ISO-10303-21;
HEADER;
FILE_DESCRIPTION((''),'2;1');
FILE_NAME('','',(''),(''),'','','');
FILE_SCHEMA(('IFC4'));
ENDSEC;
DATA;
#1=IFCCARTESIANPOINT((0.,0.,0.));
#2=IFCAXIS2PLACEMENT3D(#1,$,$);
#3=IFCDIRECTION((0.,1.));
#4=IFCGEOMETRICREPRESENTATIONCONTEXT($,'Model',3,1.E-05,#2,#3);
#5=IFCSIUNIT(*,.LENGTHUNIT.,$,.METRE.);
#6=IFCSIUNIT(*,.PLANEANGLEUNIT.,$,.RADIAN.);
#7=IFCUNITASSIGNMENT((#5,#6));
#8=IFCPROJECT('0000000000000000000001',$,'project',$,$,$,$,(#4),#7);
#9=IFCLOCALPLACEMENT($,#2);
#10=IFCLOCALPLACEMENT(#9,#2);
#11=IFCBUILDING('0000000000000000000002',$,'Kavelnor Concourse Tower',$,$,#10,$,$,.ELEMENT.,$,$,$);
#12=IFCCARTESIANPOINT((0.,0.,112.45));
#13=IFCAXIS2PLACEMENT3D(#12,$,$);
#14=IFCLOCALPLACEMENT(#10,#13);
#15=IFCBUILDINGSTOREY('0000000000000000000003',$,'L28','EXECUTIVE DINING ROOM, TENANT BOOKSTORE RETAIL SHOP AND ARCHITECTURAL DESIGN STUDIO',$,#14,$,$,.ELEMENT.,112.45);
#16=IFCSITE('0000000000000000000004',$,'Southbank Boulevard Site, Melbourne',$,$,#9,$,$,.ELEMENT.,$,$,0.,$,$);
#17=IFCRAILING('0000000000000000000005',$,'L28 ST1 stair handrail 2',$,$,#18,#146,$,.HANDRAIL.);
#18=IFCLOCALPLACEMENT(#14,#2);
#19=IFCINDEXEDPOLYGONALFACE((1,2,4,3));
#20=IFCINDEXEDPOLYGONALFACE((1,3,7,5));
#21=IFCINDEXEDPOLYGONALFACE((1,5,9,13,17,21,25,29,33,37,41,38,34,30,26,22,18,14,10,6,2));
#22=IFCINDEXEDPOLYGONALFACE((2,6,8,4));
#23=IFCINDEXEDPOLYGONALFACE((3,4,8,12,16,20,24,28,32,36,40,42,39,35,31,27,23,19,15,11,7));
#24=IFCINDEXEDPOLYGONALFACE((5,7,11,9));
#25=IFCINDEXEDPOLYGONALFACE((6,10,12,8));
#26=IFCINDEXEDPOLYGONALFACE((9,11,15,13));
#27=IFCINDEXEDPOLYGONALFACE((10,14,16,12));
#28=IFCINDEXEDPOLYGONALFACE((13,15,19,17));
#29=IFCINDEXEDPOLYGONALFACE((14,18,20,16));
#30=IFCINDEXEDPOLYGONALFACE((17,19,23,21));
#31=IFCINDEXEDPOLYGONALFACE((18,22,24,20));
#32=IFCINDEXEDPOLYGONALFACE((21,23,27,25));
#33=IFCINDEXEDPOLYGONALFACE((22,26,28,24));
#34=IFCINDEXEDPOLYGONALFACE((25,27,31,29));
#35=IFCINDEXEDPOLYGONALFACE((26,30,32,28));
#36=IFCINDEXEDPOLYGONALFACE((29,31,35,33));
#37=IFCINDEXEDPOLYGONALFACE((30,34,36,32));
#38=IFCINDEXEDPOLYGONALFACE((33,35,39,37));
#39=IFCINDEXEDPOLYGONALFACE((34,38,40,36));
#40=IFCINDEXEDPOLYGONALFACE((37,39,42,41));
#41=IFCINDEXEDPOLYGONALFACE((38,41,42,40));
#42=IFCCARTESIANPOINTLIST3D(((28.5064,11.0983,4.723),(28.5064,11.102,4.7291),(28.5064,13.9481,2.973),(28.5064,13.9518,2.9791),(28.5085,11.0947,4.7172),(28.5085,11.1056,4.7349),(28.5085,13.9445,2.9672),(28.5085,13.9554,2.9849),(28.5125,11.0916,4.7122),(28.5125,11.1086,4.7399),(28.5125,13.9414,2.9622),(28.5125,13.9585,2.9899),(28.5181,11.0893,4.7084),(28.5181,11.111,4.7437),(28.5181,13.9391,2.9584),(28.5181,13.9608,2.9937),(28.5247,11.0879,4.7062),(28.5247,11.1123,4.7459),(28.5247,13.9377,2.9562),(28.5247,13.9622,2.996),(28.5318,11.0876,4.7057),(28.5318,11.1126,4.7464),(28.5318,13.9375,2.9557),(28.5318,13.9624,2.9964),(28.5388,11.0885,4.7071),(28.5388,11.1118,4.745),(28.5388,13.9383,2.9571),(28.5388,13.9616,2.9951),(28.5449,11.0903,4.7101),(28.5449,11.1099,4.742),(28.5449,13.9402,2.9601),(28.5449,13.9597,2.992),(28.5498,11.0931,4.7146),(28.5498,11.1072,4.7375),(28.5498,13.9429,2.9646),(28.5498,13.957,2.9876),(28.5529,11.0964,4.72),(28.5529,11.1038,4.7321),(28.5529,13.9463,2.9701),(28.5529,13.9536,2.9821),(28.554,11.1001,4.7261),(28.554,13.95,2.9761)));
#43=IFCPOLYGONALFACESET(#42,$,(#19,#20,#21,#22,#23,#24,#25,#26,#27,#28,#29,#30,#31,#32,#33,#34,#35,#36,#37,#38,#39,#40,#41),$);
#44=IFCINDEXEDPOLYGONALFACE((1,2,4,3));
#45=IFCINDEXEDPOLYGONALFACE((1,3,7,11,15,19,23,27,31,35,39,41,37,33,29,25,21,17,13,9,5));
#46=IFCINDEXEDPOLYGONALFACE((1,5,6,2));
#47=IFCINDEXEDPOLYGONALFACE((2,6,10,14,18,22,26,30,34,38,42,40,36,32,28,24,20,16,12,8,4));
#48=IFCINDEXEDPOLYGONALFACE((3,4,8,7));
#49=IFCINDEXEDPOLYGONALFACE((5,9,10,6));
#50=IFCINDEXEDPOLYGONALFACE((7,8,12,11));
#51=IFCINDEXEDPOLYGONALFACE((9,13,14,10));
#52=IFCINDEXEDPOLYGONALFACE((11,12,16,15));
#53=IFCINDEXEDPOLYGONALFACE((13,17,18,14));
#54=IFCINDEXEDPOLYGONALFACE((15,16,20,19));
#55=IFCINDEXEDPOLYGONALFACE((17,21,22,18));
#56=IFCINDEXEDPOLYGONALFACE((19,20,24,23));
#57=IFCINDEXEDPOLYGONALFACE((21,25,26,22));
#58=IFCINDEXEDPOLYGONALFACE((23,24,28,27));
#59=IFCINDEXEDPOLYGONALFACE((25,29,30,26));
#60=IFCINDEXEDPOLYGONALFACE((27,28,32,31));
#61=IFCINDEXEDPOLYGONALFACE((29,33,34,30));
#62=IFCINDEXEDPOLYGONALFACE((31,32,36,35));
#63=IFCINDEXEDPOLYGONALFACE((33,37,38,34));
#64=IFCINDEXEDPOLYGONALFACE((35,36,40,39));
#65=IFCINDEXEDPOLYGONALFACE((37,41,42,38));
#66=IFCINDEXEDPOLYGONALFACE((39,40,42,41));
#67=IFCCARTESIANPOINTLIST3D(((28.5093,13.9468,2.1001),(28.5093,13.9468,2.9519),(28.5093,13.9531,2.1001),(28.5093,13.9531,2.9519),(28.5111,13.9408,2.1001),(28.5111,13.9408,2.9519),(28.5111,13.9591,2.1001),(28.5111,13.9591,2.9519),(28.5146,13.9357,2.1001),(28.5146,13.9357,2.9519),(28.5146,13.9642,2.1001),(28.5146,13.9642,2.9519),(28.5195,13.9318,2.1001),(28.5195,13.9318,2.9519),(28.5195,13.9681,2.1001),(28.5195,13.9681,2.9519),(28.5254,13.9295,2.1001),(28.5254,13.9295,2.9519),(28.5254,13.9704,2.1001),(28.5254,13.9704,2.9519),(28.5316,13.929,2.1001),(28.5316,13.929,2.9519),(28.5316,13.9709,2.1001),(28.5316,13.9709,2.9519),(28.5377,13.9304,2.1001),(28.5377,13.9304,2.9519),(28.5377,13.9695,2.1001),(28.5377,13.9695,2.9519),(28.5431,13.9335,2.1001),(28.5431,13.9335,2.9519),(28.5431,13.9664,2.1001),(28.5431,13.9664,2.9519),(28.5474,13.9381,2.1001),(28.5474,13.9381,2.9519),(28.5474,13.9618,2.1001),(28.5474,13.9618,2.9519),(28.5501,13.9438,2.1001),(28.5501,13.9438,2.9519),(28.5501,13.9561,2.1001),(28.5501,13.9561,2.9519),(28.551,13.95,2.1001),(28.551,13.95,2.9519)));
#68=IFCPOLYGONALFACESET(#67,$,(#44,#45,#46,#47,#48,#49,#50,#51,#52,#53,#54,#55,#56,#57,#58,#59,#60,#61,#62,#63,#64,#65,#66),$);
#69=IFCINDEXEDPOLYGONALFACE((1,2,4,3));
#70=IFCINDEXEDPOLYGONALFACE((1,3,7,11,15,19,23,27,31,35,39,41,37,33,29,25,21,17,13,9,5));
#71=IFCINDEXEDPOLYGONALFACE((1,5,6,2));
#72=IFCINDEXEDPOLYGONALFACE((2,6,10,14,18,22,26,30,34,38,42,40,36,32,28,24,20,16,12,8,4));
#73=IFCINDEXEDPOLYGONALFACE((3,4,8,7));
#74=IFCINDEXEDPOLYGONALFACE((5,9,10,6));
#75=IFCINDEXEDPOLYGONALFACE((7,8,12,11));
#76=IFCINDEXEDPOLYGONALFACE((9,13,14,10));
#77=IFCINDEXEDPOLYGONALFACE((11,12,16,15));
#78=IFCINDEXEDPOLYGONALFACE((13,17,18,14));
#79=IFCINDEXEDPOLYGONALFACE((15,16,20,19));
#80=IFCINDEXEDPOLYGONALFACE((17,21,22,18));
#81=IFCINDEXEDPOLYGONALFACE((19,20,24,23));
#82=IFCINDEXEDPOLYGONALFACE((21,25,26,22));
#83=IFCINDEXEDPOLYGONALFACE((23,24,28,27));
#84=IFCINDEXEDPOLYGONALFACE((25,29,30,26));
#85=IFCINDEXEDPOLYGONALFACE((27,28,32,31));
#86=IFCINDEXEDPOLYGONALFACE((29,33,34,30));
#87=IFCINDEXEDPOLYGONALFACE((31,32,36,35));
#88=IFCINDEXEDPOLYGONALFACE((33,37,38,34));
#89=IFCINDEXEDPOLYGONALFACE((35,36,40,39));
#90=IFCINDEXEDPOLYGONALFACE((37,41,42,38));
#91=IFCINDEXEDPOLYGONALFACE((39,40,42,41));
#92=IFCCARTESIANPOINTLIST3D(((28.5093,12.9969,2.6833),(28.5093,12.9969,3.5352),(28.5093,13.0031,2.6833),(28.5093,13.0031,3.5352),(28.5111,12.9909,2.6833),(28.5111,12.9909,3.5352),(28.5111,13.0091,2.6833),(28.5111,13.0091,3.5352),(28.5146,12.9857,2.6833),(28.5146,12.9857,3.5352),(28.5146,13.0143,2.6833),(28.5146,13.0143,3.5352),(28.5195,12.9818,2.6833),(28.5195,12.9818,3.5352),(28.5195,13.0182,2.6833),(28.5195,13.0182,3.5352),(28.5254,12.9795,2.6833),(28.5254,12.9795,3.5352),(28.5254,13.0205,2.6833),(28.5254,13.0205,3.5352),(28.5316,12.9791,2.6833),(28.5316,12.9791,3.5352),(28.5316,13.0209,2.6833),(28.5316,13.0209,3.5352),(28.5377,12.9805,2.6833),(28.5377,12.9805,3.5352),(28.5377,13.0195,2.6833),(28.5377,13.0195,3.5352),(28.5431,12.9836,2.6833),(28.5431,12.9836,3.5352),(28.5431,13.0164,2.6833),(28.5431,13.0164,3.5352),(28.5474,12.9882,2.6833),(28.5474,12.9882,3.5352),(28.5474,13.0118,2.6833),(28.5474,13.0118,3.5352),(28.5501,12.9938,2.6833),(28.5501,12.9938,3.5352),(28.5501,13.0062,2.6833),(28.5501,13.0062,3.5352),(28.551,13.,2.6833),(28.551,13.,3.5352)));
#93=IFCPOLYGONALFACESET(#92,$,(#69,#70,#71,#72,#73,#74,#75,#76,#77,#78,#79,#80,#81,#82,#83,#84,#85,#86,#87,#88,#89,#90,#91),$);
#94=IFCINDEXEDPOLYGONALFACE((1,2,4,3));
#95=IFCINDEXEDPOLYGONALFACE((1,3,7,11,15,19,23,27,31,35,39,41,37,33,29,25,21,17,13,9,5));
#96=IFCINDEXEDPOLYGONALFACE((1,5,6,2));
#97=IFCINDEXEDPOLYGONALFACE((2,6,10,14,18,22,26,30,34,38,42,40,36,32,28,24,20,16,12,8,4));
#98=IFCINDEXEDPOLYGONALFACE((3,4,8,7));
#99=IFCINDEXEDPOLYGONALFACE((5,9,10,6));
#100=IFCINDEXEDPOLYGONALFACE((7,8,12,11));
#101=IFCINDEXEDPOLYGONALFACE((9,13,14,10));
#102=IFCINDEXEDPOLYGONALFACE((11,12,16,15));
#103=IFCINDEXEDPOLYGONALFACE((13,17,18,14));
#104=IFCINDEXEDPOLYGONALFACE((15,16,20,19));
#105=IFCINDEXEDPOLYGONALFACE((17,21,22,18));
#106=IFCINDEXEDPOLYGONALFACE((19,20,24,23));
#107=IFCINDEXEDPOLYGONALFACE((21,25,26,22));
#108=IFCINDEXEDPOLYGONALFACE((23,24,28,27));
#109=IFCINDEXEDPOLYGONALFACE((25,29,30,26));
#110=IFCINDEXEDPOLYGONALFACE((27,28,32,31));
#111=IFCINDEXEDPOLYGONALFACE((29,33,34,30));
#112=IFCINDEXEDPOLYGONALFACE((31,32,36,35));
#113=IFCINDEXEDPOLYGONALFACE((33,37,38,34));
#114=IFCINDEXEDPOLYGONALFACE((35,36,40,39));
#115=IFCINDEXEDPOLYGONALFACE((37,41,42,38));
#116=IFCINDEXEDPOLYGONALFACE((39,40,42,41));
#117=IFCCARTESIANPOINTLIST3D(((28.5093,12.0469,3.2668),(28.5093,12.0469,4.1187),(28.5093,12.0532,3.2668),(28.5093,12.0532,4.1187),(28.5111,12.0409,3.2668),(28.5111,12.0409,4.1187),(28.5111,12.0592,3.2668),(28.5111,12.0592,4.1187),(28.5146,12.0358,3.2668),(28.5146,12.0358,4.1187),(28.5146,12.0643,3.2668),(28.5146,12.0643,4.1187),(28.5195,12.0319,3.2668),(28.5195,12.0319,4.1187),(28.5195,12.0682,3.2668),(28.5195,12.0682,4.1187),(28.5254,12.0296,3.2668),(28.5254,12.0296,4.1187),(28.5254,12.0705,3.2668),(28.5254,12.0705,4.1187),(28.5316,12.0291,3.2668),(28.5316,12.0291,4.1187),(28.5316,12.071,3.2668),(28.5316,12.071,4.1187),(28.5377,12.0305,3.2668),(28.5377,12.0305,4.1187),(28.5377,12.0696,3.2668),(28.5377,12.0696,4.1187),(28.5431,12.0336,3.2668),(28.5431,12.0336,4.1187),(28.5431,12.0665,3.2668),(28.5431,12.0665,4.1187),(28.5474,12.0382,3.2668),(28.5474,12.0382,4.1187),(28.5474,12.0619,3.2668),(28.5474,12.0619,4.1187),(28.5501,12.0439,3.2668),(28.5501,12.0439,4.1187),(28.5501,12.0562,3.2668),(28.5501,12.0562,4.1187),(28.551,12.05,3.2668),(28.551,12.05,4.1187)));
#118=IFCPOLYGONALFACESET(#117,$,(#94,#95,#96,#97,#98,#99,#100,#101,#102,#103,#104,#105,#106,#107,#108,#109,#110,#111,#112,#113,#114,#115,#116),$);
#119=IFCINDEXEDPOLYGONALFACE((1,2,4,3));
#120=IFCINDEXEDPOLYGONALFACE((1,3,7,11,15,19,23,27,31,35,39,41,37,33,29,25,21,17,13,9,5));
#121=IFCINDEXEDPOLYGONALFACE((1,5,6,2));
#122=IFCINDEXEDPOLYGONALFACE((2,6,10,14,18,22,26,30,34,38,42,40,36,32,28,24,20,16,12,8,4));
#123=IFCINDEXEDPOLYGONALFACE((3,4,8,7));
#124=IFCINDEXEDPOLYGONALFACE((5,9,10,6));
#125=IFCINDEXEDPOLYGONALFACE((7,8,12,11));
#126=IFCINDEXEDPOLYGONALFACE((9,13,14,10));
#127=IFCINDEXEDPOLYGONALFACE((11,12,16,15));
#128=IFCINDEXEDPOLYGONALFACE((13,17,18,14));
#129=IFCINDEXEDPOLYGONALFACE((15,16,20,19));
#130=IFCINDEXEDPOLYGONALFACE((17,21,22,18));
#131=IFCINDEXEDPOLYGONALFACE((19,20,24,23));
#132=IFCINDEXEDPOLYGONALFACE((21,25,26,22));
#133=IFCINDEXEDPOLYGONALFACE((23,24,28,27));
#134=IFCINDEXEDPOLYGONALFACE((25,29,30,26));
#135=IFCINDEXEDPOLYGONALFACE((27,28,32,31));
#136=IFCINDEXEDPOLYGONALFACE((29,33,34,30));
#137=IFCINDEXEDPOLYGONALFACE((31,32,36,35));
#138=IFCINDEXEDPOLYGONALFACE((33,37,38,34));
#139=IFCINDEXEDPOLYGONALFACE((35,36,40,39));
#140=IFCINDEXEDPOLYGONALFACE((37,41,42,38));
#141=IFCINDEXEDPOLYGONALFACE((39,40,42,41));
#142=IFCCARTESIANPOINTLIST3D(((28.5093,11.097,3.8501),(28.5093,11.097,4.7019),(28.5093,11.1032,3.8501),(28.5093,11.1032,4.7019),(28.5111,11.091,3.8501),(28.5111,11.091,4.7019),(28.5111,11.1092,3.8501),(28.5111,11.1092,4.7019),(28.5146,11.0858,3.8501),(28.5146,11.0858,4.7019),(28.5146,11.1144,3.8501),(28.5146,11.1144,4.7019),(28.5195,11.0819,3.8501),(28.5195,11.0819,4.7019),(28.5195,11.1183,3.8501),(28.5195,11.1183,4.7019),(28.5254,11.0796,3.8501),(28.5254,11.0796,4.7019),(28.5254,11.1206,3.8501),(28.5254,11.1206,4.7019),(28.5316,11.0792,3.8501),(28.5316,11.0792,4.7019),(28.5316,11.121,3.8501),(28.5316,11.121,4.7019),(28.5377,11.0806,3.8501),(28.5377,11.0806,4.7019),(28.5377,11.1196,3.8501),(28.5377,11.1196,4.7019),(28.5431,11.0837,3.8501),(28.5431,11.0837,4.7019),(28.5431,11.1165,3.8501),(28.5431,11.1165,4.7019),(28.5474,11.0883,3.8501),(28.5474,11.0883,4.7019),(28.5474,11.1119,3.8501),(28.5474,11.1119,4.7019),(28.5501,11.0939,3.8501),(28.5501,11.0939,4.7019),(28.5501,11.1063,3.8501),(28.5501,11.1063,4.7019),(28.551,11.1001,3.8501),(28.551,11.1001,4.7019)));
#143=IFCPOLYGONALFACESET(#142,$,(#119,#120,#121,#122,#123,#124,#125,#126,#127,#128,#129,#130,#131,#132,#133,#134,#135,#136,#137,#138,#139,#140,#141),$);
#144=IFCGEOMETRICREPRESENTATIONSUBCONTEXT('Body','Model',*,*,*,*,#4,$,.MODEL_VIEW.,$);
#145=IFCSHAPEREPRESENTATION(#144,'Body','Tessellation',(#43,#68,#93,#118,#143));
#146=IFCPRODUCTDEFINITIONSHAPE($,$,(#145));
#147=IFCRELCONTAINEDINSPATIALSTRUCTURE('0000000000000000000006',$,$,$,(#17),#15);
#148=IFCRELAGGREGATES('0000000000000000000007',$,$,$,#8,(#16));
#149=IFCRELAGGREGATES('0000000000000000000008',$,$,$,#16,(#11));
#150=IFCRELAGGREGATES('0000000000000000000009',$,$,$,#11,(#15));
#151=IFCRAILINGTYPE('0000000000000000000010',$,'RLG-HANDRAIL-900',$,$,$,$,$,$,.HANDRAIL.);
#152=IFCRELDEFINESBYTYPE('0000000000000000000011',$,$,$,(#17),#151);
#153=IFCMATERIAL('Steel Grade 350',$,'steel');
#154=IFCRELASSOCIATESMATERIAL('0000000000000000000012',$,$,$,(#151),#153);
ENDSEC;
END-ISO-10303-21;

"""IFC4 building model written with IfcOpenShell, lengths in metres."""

from ifc_helpers import new_model, si_unit, direction, frame, origin, origin_2d, place, context, subcontext, project, spatial, circle, extrude, material, type_object, element, save


model = new_model("IFC4")

# Units and contexts
model_context = context("Model", 3, precision=1e-05, world=origin(), true_north=direction((0.0, 1.0)))
body_context = subcontext(model_context, "Body", "Model", "MODEL_VIEW")
ifc_project = project(units=[si_unit("LENGTHUNIT", "METRE"), si_unit("PLANEANGLEUNIT", "RADIAN")], contexts=[model_context])

# Site, building, storey
site_placement = place(None, origin())
site = spatial("IfcSite", under=ifc_project, at=site_placement, Name="Southbank Boulevard Site, Melbourne", CompositionType="ELEMENT", RefElevation=0.0)
building_placement = place(site_placement, origin())
building = spatial("IfcBuilding", under=site, at=building_placement, Name="Kavelnor Concourse Tower", CompositionType="ELEMENT")
storey_placement = place(building_placement, frame((0.0, 0.0, 112.45)))
storey = spatial("IfcBuildingStorey", under=building, at=storey_placement, Name="L28", Description="EXECUTIVE DINING ROOM, TENANT BOOKSTORE RETAIL SHOP AND ARCHITECTURAL DESIGN STUDIO", CompositionType="ELEMENT", Elevation=112.45)

# Shared definitions
ifc_material_1 = material(Name="Steel Grade 350", Category="steel")

# Railing
railing_type_1 = type_object("IfcRailingType", Name="RLG-HANDRAIL-900", PredefinedType="HANDRAIL", material=ifc_material_1)
railing_1_placement = place(storey_placement, frame((28.53, 13.95, 2.1001)))
element("IfcRailing", 1, at=railing_1_placement, inside=storey, type_object=railing_type_1, Name="L28 ST1 stair handrail 2", PredefinedType="HANDRAIL", context=body_context, shape_type="SweptSolid", body=[
    extrude(circle(Radius=0.0239, at=origin_2d()), frame((0.0, 0.0, 0.876), z_axis=(0.0, -0.852159, 0.523283), x_axis=(1.0, 0.0, 0.0)), (0.0, 0.0, 1.0), 3.3442),
    extrude(circle(Radius=0.021, at=origin_2d()), origin(), (0.0, 0.0, 1.0), 0.8518),
    extrude(circle(Radius=0.021, at=origin_2d()), frame((0.0, -0.95, 0.5833)), (0.0, 0.0, 1.0), 0.8518),
    extrude(circle(Radius=0.021, at=origin_2d()), frame((0.0, -1.8999, 1.1667)), (0.0, 0.0, 1.0), 0.8518),
    extrude(circle(Radius=0.021, at=origin_2d()), frame((0.0, -2.8499, 1.75)), (0.0, 0.0, 1.0), 0.8518),
])

save(model, "model.ifc")
